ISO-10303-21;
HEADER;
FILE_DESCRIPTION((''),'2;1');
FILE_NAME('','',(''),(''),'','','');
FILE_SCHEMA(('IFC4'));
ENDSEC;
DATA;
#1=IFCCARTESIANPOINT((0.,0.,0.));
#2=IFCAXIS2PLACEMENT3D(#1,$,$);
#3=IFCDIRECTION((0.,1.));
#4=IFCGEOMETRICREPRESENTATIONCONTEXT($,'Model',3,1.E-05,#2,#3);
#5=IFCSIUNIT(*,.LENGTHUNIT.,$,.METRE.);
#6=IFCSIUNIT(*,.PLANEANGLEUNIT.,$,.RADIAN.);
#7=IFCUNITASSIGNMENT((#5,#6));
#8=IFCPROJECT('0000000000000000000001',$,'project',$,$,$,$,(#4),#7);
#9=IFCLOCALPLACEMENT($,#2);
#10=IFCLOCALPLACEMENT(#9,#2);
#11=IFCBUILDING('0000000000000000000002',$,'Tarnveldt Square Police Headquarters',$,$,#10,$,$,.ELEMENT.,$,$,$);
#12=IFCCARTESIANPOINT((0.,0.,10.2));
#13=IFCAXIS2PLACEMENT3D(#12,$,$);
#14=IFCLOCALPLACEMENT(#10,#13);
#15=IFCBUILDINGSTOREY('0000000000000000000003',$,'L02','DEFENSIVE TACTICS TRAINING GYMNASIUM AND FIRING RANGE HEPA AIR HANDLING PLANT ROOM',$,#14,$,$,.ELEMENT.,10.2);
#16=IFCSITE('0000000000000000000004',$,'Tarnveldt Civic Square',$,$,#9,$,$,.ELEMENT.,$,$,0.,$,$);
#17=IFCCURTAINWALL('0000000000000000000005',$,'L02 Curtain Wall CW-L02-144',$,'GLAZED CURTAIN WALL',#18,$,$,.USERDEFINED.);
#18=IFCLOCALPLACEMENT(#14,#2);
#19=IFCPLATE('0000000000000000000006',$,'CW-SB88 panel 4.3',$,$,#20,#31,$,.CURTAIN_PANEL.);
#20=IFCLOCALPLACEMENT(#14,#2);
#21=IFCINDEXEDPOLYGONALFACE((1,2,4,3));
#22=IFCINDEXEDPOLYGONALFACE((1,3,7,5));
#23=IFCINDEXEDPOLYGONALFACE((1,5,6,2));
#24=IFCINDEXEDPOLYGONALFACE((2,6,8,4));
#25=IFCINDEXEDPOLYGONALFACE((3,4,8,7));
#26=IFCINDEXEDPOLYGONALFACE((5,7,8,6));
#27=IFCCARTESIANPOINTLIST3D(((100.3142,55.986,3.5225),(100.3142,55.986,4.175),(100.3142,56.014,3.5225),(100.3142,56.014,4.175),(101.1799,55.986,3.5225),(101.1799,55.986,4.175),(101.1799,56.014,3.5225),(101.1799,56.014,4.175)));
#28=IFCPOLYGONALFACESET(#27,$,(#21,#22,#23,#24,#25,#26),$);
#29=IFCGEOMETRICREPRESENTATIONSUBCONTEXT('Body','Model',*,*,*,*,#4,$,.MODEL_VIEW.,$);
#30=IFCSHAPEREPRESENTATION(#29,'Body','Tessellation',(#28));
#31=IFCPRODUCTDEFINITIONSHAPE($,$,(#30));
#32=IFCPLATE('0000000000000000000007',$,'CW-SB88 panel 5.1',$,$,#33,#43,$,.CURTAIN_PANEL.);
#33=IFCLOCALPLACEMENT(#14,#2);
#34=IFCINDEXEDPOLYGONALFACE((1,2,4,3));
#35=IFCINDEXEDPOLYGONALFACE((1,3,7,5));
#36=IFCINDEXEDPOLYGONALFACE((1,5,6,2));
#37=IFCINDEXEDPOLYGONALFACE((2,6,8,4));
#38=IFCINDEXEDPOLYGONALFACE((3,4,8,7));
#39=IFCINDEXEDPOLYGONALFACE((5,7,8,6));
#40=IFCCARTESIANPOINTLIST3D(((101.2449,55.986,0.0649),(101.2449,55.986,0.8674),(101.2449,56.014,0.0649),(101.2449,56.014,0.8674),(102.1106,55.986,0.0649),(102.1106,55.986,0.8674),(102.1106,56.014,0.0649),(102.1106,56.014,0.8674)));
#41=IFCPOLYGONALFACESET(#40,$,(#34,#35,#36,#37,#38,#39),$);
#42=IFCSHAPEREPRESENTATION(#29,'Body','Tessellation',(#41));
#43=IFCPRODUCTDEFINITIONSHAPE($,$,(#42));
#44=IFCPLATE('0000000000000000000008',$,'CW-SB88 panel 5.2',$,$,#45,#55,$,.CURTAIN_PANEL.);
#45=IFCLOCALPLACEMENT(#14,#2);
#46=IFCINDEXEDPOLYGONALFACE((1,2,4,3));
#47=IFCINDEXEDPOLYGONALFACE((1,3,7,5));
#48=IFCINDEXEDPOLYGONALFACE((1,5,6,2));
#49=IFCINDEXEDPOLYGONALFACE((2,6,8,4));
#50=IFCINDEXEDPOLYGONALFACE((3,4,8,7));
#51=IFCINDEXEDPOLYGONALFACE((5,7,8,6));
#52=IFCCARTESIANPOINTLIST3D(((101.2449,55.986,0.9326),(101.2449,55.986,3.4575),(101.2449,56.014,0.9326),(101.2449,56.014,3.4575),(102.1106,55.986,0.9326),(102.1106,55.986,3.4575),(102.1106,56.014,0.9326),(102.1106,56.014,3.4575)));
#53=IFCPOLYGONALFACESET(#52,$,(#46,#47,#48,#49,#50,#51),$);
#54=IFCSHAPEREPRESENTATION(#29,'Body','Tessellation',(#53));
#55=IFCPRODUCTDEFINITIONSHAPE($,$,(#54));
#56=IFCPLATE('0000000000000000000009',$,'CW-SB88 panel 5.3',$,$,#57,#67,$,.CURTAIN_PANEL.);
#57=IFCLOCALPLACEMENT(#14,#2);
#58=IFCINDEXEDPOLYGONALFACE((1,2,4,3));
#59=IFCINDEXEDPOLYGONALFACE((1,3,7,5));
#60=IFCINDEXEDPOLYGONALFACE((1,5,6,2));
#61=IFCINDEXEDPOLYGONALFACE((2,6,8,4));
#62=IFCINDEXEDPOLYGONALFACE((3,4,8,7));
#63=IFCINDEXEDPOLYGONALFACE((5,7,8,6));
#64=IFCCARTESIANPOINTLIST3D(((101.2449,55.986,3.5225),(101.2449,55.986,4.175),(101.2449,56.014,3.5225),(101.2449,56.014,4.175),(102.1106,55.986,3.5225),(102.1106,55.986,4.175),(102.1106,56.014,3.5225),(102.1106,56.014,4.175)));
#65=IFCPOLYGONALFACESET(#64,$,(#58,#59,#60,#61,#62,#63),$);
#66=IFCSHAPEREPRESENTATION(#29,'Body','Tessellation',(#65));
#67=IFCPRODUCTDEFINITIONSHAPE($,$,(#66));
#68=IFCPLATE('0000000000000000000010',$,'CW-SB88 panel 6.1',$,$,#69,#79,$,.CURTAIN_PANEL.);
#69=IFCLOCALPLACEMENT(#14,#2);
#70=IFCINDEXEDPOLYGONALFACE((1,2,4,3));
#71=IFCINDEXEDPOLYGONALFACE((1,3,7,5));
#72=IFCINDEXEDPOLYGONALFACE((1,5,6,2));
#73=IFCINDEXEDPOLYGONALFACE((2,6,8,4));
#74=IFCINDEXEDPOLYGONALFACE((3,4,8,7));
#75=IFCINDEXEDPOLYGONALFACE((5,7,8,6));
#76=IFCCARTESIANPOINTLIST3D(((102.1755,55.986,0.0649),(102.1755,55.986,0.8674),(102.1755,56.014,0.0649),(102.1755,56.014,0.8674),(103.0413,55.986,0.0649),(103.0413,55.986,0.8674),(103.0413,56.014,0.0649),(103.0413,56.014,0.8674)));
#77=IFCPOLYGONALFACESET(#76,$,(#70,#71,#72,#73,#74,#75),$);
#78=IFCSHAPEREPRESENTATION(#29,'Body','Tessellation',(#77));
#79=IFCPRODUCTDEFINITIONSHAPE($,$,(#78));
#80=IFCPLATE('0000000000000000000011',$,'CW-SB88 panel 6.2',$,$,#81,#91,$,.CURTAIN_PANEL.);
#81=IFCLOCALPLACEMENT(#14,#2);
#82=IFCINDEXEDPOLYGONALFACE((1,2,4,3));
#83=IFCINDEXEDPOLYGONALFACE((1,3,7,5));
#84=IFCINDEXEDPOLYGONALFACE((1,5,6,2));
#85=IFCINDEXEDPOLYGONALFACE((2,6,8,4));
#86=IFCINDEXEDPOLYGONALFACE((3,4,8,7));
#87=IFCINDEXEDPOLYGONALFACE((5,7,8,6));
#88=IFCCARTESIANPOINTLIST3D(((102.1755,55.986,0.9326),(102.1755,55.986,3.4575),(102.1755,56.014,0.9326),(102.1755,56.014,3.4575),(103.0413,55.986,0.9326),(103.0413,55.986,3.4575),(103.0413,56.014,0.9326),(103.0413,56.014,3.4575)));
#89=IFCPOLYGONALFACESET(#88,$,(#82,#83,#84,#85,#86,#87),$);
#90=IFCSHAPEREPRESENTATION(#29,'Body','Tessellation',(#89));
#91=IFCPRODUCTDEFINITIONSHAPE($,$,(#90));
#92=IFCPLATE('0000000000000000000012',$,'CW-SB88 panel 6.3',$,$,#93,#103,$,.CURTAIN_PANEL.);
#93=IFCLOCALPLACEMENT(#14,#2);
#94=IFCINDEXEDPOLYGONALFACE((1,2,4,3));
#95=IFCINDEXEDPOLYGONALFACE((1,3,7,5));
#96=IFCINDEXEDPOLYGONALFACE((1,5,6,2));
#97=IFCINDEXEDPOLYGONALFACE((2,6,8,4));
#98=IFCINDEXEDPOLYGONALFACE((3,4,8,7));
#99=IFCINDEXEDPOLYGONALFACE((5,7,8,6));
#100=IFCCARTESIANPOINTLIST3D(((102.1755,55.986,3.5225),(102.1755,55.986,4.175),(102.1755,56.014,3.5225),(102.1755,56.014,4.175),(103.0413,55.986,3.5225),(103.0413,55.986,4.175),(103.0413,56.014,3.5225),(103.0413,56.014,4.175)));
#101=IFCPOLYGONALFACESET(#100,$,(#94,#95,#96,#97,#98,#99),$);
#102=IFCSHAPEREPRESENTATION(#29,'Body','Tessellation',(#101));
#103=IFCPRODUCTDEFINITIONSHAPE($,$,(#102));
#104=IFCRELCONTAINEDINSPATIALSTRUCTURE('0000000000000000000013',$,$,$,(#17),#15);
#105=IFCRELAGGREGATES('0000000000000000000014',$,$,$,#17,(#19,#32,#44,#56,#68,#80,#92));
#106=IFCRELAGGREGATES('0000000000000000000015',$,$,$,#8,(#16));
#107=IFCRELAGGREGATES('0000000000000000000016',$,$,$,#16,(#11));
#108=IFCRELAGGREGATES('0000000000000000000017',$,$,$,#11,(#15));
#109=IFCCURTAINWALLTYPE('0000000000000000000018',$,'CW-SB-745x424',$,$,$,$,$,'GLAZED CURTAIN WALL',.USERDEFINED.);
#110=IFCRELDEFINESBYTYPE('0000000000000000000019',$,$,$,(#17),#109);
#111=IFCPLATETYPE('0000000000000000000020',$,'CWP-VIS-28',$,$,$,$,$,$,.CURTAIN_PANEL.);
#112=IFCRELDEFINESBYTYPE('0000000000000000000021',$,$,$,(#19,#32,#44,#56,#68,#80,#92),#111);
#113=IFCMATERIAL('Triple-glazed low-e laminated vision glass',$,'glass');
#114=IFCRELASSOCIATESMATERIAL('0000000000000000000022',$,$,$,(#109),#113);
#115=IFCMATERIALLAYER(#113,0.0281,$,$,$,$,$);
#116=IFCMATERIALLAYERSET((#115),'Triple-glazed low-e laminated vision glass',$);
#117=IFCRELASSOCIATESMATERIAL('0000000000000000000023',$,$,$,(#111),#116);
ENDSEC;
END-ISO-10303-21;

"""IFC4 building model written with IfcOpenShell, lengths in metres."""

from ifc_helpers import new_model, si_unit, direction, frame, origin, origin_2d, place, context, subcontext, project, spatial, rectangle, extrude, material, layer, layer_set, type_object, element, aggregate, save


model = new_model("IFC4")

# Units and contexts
model_context = context("Model", 3, precision=1e-05, world=origin(), true_north=direction((0.0, 1.0)))
body_context = subcontext(model_context, "Body", "Model", "MODEL_VIEW")
ifc_project = project(units=[si_unit("LENGTHUNIT", "METRE"), si_unit("PLANEANGLEUNIT", "RADIAN")], contexts=[model_context])

# Site, building, storey
site_placement = place(None, origin())
site = spatial("IfcSite", under=ifc_project, at=site_placement, Name="Tarnveldt Civic Square", CompositionType="ELEMENT", RefElevation=0.0)
building_placement = place(site_placement, origin())
building = spatial("IfcBuilding", under=site, at=building_placement, Name="Tarnveldt Square Police Headquarters", CompositionType="ELEMENT")
storey_placement = place(building_placement, frame((0.0, 0.0, 10.2)))
storey = spatial("IfcBuildingStorey", under=building, at=storey_placement, Name="L02", Description="DEFENSIVE TACTICS TRAINING GYMNASIUM AND FIRING RANGE HEPA AIR HANDLING PLANT ROOM", CompositionType="ELEMENT", Elevation=10.2)

# Curtain wall, plates
ifc_material_1 = material(Name="Triple-glazed low-e laminated vision glass", Category="glass")
curtain_wall_type = type_object("IfcCurtainWallType", Name="CW-SB-745x424", ElementType="GLAZED CURTAIN WALL", PredefinedType="USERDEFINED", material=ifc_material_1)
curtain_wall_placement = place(storey_placement, origin())
curtain_wall = element("IfcCurtainWall", 1, at=curtain_wall_placement, inside=storey, type_object=curtain_wall_type, Name="L02 Curtain Wall CW-L02-144", ObjectType="GLAZED CURTAIN WALL", PredefinedType="USERDEFINED")
ifc_layer = layer(ifc_material_1, 0.0281)
ifc_layer_set = layer_set([ifc_layer], Name="Triple-glazed low-e laminated vision glass")
plate_type = type_object("IfcPlateType", Name="CWP-VIS-28", PredefinedType="CURTAIN_PANEL", material=ifc_layer_set)
plate_1_placement = place(storey_placement, frame((100.7471, 56.0, 3.5225), z_axis=(0.0, 0.0, 1.0), x_axis=(1.0, 0.0, 0.0)))
plate_1 = element("IfcPlate", 2, at=plate_1_placement, type_object=plate_type, Name="CW-SB88 panel 4.3", PredefinedType="CURTAIN_PANEL", context=body_context, shape_type="SweptSolid", body=[
    extrude(rectangle(XDim=0.8657, YDim=0.0281, at=origin_2d()), origin(), (0.0, 0.0, 1.0), 0.6526),
])
plate_2_placement = place(storey_placement, frame((101.6777, 56.0, 0.0649), z_axis=(0.0, 0.0, 1.0), x_axis=(1.0, 0.0, 0.0)))
plate_2 = element("IfcPlate", 3, at=plate_2_placement, type_object=plate_type, Name="CW-SB88 panel 5.1", PredefinedType="CURTAIN_PANEL", context=body_context, shape_type="SweptSolid", body=[
    extrude(rectangle(XDim=0.8657, YDim=0.0281, at=origin_2d()), origin(), (0.0, 0.0, 1.0), 0.8025),
])
plate_3_placement = place(storey_placement, frame((101.6777, 56.0, 0.9326), z_axis=(0.0, 0.0, 1.0), x_axis=(1.0, 0.0, 0.0)))
plate_3 = element("IfcPlate", 4, at=plate_3_placement, type_object=plate_type, Name="CW-SB88 panel 5.2", PredefinedType="CURTAIN_PANEL", context=body_context, shape_type="SweptSolid", body=[
    extrude(rectangle(XDim=0.8657, YDim=0.0281, at=origin_2d()), origin(), (0.0, 0.0, 1.0), 2.5249),
])
plate_4_placement = place(storey_placement, frame((101.6777, 56.0, 3.5225), z_axis=(0.0, 0.0, 1.0), x_axis=(1.0, 0.0, 0.0)))
plate_4 = element("IfcPlate", 5, at=plate_4_placement, type_object=plate_type, Name="CW-SB88 panel 5.3", PredefinedType="CURTAIN_PANEL", context=body_context, shape_type="SweptSolid", body=[
    extrude(rectangle(XDim=0.8657, YDim=0.0281, at=origin_2d()), origin(), (0.0, 0.0, 1.0), 0.6526),
])
plate_5_placement = place(storey_placement, frame((102.6084, 56.0, 0.0649), z_axis=(0.0, 0.0, 1.0), x_axis=(1.0, 0.0, 0.0)))
plate_5 = element("IfcPlate", 6, at=plate_5_placement, type_object=plate_type, Name="CW-SB88 panel 6.1", PredefinedType="CURTAIN_PANEL", context=body_context, shape_type="SweptSolid", body=[
    extrude(rectangle(XDim=0.8657, YDim=0.0281, at=origin_2d()), origin(), (0.0, 0.0, 1.0), 0.8025),
])
plate_6_placement = place(storey_placement, frame((102.6084, 56.0, 0.9326), z_axis=(0.0, 0.0, 1.0), x_axis=(1.0, 0.0, 0.0)))
plate_6 = element("IfcPlate", 7, at=plate_6_placement, type_object=plate_type, Name="CW-SB88 panel 6.2", PredefinedType="CURTAIN_PANEL", context=body_context, shape_type="SweptSolid", body=[
    extrude(rectangle(XDim=0.8657, YDim=0.0281, at=origin_2d()), origin(), (0.0, 0.0, 1.0), 2.5249),
])
plate_7_placement = place(storey_placement, frame((102.6084, 56.0, 3.5225), z_axis=(0.0, 0.0, 1.0), x_axis=(1.0, 0.0, 0.0)))
plate_7 = element("IfcPlate", 8, at=plate_7_placement, type_object=plate_type, Name="CW-SB88 panel 6.3", PredefinedType="CURTAIN_PANEL", context=body_context, shape_type="SweptSolid", body=[
    extrude(rectangle(XDim=0.8657, YDim=0.0281, at=origin_2d()), origin(), (0.0, 0.0, 1.0), 0.6526),
])
aggregate(curtain_wall, [plate_1, plate_2, plate_3, plate_4, plate_5, plate_6, plate_7])

save(model, "model.ifc")
